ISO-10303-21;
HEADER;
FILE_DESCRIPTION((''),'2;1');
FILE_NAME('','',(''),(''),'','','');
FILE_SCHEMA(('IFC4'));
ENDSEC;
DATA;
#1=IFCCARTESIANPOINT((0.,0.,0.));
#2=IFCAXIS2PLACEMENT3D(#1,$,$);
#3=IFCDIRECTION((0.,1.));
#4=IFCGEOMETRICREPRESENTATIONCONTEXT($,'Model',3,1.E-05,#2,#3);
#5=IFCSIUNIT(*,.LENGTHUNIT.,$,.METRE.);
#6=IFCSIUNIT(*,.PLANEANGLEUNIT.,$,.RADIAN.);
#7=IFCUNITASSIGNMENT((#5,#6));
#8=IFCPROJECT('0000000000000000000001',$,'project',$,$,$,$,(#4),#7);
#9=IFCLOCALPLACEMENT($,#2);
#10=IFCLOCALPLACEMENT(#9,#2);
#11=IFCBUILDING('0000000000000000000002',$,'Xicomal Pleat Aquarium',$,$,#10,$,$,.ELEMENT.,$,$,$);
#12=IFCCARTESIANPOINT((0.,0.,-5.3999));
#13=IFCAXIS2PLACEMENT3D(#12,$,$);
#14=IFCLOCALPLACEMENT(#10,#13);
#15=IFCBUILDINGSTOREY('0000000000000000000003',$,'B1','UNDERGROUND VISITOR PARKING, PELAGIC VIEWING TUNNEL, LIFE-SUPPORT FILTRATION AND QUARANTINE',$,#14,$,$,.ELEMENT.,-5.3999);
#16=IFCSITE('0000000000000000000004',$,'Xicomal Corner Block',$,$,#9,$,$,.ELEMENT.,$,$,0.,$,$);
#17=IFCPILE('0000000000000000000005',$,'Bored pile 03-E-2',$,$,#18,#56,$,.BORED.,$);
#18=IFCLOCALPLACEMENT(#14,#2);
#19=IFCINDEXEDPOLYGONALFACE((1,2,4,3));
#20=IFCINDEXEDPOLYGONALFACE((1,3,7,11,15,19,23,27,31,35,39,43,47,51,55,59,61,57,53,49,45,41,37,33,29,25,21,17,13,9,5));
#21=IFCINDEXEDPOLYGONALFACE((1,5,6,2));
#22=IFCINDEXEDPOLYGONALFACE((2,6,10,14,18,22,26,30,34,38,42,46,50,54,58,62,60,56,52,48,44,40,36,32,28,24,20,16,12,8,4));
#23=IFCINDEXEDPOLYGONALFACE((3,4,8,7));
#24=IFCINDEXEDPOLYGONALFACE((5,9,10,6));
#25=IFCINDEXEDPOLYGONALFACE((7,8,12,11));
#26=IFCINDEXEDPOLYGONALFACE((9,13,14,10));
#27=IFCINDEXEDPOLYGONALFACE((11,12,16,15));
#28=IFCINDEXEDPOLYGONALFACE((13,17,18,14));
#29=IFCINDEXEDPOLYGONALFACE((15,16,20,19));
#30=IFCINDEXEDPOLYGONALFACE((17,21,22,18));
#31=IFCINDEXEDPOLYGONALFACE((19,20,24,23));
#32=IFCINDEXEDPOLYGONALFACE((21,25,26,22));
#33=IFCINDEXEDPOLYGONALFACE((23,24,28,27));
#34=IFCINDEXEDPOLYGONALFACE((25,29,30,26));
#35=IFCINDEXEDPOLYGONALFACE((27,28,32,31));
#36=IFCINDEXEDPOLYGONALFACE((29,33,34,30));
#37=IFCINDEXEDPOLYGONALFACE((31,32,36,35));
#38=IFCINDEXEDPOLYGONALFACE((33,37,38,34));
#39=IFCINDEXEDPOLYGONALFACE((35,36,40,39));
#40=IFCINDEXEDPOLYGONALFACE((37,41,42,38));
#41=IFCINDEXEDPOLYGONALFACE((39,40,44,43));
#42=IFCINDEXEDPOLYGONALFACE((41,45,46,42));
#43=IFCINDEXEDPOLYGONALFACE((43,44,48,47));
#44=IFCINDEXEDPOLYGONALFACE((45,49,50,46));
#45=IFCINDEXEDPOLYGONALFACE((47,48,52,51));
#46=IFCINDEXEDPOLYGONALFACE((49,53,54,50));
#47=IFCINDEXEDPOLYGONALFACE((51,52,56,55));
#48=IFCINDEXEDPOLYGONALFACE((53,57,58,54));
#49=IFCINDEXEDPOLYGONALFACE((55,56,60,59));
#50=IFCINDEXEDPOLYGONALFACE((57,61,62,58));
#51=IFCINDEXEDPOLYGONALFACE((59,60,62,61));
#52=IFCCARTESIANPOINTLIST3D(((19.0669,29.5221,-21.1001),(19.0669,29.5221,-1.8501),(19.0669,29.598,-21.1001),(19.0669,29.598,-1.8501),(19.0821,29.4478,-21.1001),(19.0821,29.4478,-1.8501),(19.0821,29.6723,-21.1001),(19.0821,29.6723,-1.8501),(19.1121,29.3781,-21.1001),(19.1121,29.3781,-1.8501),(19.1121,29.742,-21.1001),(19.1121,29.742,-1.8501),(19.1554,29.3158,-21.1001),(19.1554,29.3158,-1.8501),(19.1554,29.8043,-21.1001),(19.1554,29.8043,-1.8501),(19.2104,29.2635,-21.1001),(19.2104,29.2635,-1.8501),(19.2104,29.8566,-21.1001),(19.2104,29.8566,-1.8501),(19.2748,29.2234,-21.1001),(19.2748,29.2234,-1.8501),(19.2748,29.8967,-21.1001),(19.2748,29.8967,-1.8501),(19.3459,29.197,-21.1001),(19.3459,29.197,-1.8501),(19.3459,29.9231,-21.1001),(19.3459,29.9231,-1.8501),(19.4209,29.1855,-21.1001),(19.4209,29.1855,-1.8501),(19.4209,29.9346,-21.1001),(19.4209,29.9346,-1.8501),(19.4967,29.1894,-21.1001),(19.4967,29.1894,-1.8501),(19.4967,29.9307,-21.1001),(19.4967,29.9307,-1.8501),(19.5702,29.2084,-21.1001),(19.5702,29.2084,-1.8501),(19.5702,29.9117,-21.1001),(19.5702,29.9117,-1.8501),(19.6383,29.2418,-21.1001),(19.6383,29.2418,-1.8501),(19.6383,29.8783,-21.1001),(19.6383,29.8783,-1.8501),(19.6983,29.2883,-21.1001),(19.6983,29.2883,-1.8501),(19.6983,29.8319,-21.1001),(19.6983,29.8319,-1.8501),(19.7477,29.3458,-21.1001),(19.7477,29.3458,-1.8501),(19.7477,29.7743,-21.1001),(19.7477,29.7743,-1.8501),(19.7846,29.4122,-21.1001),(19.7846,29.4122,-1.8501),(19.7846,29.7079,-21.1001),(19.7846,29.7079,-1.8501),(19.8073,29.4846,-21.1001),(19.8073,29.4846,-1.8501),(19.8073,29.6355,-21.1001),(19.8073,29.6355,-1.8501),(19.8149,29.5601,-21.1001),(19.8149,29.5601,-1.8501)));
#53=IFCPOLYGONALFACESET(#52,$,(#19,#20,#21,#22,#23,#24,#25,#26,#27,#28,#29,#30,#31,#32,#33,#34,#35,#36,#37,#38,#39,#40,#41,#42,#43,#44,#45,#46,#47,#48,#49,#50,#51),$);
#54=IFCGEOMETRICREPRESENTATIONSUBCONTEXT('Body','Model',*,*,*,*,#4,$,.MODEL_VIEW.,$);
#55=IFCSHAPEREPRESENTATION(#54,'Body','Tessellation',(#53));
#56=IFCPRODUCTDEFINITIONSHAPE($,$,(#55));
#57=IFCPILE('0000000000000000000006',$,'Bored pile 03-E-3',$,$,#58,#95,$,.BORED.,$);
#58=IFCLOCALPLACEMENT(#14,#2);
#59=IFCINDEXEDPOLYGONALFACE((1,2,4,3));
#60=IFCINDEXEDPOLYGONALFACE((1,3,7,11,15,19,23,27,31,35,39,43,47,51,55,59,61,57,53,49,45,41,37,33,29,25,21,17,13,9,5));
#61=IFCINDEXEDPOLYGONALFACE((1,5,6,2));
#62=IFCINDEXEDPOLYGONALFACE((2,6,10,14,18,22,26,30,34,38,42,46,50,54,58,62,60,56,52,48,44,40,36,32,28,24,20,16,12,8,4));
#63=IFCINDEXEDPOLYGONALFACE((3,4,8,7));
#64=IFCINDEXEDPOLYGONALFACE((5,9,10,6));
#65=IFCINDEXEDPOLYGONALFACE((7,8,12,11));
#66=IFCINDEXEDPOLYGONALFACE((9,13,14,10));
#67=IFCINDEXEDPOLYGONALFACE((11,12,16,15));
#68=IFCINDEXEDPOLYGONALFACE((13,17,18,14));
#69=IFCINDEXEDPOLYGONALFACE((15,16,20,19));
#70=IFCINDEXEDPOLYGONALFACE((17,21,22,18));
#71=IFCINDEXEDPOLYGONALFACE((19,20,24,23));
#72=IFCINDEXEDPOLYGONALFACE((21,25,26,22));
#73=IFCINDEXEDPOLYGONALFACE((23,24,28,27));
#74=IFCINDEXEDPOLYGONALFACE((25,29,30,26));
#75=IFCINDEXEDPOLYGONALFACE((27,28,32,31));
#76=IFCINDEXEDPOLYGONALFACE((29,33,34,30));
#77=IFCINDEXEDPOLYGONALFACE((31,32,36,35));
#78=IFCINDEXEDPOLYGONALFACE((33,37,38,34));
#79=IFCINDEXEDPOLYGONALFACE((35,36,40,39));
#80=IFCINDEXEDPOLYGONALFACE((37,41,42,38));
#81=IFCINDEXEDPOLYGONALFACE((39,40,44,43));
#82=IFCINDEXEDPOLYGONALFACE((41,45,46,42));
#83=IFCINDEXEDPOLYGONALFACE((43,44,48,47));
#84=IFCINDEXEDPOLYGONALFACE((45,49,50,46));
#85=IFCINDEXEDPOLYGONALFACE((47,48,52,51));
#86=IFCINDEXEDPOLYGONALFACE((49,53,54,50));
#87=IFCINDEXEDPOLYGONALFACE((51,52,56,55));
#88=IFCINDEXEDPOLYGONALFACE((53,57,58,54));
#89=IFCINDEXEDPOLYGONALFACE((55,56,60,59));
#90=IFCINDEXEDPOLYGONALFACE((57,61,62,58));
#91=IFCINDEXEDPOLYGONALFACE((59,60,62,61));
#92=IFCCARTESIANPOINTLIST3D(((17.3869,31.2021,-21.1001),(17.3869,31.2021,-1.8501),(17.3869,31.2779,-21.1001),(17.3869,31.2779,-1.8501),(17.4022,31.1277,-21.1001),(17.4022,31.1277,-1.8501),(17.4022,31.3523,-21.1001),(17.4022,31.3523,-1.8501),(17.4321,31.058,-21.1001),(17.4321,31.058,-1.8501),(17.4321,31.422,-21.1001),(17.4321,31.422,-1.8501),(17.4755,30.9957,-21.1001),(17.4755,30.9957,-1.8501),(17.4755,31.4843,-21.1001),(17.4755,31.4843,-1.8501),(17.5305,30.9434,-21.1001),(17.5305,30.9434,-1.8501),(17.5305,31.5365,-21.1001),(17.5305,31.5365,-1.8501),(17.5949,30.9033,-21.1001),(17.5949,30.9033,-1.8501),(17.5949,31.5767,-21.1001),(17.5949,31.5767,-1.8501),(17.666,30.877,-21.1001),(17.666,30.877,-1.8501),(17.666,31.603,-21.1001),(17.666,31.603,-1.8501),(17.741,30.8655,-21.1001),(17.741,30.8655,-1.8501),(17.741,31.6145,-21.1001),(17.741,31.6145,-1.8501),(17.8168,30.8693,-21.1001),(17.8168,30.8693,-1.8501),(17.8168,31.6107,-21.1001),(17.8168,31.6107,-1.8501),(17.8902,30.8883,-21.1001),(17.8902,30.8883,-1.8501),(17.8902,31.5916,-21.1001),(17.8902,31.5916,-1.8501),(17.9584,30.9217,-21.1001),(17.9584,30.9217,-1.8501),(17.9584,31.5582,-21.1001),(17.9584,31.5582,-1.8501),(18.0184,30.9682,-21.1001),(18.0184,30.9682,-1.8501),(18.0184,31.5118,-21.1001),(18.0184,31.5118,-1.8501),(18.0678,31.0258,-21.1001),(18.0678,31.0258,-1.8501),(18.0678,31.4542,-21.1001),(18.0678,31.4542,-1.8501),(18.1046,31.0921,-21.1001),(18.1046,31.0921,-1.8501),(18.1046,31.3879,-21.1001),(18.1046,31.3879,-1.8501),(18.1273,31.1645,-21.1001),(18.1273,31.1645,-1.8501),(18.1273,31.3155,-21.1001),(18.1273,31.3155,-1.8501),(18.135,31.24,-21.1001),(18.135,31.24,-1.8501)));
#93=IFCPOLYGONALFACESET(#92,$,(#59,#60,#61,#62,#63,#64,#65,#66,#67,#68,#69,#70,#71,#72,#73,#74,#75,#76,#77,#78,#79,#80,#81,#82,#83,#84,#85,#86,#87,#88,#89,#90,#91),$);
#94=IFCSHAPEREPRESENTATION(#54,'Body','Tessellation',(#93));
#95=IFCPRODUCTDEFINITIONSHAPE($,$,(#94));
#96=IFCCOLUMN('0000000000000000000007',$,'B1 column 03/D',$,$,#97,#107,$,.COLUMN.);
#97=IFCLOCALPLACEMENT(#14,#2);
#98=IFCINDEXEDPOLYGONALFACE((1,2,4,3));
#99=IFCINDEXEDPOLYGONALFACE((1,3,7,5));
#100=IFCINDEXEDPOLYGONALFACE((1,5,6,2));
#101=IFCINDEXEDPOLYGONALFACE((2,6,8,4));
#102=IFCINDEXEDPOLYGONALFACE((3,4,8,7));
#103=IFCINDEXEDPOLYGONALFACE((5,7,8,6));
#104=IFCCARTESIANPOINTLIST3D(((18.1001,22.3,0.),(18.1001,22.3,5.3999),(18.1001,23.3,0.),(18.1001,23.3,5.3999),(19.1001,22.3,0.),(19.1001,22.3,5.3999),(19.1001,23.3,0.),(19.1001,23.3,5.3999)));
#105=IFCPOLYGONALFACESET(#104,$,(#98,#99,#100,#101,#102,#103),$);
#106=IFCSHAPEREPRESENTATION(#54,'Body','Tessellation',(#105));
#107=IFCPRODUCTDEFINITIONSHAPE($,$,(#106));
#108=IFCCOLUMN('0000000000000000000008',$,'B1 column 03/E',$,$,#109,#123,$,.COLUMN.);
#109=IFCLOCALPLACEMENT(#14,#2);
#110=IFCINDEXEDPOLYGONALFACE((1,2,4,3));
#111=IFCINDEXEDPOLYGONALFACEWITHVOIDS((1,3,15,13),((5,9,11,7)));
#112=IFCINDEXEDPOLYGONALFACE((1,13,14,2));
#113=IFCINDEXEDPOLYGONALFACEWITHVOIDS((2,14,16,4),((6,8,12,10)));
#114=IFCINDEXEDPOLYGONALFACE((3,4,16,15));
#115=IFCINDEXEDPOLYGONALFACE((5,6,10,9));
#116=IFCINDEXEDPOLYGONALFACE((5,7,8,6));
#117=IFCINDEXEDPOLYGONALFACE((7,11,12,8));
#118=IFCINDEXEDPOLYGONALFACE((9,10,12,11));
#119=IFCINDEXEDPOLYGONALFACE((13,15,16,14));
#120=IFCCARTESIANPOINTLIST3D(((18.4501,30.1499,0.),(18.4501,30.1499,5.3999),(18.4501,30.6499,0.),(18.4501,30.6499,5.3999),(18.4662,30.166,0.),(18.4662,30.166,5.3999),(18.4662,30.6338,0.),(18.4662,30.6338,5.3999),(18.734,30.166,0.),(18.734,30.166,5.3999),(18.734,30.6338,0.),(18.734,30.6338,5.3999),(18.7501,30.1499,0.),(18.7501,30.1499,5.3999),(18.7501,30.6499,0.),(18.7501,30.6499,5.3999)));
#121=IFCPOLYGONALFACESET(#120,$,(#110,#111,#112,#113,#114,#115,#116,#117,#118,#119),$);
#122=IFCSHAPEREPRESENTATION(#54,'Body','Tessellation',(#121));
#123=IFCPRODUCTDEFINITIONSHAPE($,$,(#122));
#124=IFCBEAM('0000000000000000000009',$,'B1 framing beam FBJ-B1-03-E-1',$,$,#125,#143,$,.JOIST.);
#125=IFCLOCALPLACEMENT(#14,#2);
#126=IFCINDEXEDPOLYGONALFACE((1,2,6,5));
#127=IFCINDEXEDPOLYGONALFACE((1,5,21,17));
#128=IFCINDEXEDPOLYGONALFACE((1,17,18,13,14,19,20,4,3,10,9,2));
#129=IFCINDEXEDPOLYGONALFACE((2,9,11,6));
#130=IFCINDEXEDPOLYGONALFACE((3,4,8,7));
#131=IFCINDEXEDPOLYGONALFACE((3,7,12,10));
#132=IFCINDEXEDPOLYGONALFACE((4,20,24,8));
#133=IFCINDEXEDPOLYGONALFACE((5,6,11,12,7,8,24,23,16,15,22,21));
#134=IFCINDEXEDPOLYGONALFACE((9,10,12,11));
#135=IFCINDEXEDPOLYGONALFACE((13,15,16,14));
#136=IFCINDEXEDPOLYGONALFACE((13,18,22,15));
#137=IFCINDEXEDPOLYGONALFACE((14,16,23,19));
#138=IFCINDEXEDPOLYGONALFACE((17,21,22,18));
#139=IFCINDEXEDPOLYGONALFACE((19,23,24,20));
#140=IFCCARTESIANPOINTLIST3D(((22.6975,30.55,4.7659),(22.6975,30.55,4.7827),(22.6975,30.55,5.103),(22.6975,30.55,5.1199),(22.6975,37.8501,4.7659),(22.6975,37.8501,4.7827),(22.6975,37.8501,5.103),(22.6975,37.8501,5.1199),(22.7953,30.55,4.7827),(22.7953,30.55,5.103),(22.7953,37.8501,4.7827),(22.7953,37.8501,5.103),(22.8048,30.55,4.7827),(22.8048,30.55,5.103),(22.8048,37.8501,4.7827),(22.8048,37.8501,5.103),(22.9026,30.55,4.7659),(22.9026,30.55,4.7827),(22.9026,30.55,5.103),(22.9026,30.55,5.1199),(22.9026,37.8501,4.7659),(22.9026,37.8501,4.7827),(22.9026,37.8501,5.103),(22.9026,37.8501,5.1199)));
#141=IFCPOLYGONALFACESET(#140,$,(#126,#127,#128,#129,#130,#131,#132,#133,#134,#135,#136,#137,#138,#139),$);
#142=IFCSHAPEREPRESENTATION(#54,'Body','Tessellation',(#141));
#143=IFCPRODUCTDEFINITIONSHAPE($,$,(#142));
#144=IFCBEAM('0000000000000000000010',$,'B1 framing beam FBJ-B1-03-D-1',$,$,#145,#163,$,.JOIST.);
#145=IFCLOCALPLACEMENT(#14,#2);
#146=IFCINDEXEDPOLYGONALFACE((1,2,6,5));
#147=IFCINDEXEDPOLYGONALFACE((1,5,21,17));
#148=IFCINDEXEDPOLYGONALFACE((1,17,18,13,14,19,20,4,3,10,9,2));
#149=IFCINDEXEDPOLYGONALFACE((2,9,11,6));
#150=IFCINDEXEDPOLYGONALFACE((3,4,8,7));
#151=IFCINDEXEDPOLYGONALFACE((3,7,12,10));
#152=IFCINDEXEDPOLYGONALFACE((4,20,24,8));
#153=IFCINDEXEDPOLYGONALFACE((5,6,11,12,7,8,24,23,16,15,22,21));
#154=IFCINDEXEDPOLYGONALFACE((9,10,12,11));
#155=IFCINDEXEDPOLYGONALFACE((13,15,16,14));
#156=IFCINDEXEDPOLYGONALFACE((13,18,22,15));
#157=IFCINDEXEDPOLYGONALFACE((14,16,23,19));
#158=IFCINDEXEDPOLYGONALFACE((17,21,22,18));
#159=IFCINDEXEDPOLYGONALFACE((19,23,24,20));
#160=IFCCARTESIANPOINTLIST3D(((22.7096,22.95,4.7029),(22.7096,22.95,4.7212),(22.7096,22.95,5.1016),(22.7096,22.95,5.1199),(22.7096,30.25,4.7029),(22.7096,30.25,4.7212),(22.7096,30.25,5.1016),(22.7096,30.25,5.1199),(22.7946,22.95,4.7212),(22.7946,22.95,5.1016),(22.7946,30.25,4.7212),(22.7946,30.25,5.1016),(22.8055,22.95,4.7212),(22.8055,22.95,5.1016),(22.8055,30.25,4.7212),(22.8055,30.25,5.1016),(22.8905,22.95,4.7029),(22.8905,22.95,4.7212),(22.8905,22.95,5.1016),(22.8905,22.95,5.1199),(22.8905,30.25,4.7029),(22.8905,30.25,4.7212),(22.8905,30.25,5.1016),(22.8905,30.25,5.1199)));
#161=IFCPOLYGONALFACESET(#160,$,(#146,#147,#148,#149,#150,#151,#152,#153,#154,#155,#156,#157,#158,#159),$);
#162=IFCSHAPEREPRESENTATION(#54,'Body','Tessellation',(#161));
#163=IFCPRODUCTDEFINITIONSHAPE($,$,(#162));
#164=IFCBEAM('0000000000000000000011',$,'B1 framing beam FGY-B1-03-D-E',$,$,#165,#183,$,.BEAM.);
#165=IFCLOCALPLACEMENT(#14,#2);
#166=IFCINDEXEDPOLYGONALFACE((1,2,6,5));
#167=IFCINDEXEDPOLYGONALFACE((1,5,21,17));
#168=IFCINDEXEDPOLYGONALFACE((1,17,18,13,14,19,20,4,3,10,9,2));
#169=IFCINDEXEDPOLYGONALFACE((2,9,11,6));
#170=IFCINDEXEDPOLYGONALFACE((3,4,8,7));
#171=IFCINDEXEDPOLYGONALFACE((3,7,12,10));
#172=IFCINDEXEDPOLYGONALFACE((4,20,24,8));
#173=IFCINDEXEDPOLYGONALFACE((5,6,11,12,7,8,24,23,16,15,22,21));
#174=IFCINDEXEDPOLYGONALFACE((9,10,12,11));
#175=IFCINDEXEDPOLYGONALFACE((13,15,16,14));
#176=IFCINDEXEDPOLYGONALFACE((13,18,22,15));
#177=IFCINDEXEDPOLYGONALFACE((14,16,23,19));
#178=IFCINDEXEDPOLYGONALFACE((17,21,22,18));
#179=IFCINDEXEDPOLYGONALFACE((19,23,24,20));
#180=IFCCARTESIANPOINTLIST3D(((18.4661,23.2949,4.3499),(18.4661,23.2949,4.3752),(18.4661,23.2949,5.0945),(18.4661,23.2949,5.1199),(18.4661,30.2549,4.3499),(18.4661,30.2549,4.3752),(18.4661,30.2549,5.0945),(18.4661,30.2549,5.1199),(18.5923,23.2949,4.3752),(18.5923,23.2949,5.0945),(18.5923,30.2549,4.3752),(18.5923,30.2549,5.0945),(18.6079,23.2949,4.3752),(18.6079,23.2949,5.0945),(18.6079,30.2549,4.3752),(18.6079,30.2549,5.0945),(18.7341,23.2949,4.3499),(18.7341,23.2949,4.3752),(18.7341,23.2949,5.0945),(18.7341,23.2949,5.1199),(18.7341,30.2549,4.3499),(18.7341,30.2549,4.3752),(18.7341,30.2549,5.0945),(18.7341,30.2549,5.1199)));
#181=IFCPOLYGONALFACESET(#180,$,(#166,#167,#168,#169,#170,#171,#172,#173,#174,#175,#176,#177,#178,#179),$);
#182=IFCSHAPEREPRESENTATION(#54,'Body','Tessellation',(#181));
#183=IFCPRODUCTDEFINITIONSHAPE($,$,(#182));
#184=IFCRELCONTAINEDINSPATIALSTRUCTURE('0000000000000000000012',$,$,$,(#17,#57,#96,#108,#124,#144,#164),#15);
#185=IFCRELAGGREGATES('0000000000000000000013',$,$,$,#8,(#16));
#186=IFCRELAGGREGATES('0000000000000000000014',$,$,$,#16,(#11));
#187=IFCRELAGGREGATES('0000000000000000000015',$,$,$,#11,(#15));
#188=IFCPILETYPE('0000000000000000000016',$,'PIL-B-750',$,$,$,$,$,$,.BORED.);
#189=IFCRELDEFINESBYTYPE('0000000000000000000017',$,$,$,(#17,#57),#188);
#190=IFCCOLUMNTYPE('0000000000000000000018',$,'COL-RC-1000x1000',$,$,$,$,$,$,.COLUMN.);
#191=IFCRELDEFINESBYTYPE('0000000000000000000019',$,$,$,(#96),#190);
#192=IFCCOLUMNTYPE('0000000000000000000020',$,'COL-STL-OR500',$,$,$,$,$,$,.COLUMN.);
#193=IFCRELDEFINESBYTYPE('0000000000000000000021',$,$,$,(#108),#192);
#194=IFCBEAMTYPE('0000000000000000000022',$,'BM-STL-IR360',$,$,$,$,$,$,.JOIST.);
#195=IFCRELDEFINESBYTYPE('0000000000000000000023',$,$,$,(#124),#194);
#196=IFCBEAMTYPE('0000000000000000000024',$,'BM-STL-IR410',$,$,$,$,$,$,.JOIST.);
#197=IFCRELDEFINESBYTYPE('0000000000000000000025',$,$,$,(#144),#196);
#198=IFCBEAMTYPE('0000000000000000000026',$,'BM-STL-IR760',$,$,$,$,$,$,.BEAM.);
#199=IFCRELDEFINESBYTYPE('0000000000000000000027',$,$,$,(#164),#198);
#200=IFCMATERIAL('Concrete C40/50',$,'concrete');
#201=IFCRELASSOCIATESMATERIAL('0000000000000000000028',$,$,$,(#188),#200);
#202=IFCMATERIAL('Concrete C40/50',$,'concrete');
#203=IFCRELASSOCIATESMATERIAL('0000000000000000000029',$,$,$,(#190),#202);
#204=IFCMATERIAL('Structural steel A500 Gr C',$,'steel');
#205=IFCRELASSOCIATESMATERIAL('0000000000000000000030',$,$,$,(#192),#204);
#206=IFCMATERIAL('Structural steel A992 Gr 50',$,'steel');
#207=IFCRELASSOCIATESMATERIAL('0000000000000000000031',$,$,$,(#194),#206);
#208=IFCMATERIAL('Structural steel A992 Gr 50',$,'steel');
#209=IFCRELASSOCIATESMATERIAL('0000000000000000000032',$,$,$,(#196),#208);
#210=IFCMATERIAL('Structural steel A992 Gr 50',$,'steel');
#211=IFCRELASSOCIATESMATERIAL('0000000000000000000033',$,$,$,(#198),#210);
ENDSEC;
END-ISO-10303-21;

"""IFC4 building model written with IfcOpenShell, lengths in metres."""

from ifc_helpers import new_model, si_unit, direction, frame, origin, origin_2d, place, context, subcontext, project, spatial, rectangle, hollow_rectangle, circle, i_section, extrude, material, material_profile, profile_set, type_object, element, save


model = new_model("IFC4")

# Units and contexts
model_context = context("Model", 3, precision=1e-05, world=origin(), true_north=direction((0.0, 1.0)))
body_context = subcontext(model_context, "Body", "Model", "MODEL_VIEW")
ifc_project = project(units=[si_unit("LENGTHUNIT", "METRE"), si_unit("PLANEANGLEUNIT", "RADIAN")], contexts=[model_context])

# Site, building, storey
site_placement = place(None, origin())
site = spatial("IfcSite", under=ifc_project, at=site_placement, Name="Xicomal Corner Block", CompositionType="ELEMENT", RefElevation=0.0)
building_placement = place(site_placement, origin())
building = spatial("IfcBuilding", under=site, at=building_placement, Name="Xicomal Pleat Aquarium", CompositionType="ELEMENT")
storey_placement = place(building_placement, frame((0.0, 0.0, -5.3999)))
storey = spatial("IfcBuildingStorey", under=building, at=storey_placement, Name="B1", Description="UNDERGROUND VISITOR PARKING, PELAGIC VIEWING TUNNEL, LIFE-SUPPORT FILTRATION AND QUARANTINE", CompositionType="ELEMENT", Elevation=-5.3999)

# Piles
ifc_material_1 = material(Name="Concrete C40/50", Category="concrete")
ifc_material_profile_1 = material_profile(ifc_material_1, circle(Radius=0.375, at=origin_2d()), Name="BORED PILE D750")
ifc_profile_set_1 = profile_set([ifc_material_profile_1], Name="Concrete C40/50")
pile_type_1 = type_object("IfcPileType", Name="PIL-B-750", PredefinedType="BORED", material=ifc_profile_set_1)
for number, where, z_axis, x_axis, name in (
    (1, (19.4399, 29.5601, -1.8501), (0.0, 0.0, -1.0), (1.0, 0.0, 0.0), "Bored pile 03-E-2"),
    (2, (17.76, 31.24, -1.8501), (0.0, 0.0, -1.0), (1.0, 0.0, 0.0), "Bored pile 03-E-3"),
):
    element("IfcPile", number, at=place(storey_placement, frame(where, z_axis=z_axis, x_axis=x_axis)), inside=storey, type_object=pile_type_1, Name=name, PredefinedType="BORED", context=body_context, shape_type="SweptSolid", body=[
        extrude(circle(Radius=0.375, at=origin_2d()), origin(), (0.0, 0.0, 1.0), 19.25),
    ])

# Columns
ifc_material_2 = material(Name="Concrete C40/50", Category="concrete")
ifc_material_profile_2 = material_profile(ifc_material_2, rectangle(XDim=1.0, YDim=1.0, at=origin_2d()), Name="RC 1000x1000")
ifc_profile_set_2 = profile_set([ifc_material_profile_2], Name="Concrete C40/50")
column_type_1 = type_object("IfcColumnType", Name="COL-RC-1000x1000", PredefinedType="COLUMN", material=ifc_profile_set_2)
column_1_placement = place(storey_placement, frame((18.6001, 22.8, 0.0), z_axis=(0.0, 0.0, 1.0), x_axis=(1.0, 0.0, 0.0)))
element("IfcColumn", 3, at=column_1_placement, inside=storey, type_object=column_type_1, Name="B1 column 03/D", PredefinedType="COLUMN", context=body_context, shape_type="SweptSolid", body=[
    extrude(rectangle(XDim=1.0, YDim=1.0, at=origin_2d()), origin(), (0.0, 0.0, 1.0), 5.3999),
])
ifc_material_3 = material(Name="Structural steel A500 Gr C", Category="steel")
ifc_material_profile_3 = material_profile(ifc_material_3, hollow_rectangle(XDim=0.3, YDim=0.5, WallThickness=0.0161, at=origin_2d()), Name="OR 500x300x16")
ifc_profile_set_3 = profile_set([ifc_material_profile_3], Name="Structural steel A500 Gr C")
column_type_2 = type_object("IfcColumnType", Name="COL-STL-OR500", PredefinedType="COLUMN", material=ifc_profile_set_3)
column_2_placement = place(storey_placement, frame((18.6001, 30.3999, 0.0), z_axis=(0.0, 0.0, 1.0), x_axis=(1.0, 0.0, 0.0)))
element("IfcColumn", 4, at=column_2_placement, inside=storey, type_object=column_type_2, Name="B1 column 03/E", PredefinedType="COLUMN", context=body_context, shape_type="SweptSolid", body=[
    extrude(hollow_rectangle(XDim=0.3, YDim=0.5, WallThickness=0.0161, at=origin_2d()), origin(), (0.0, 0.0, 1.0), 5.3999),
])

# Beams
ifc_material_4 = material(Name="Structural steel A992 Gr 50", Category="steel")
ifc_material_profile_4 = material_profile(ifc_material_4, i_section(OverallWidth=0.2051, OverallDepth=0.354, WebThickness=0.0095, FlangeThickness=0.0168, at=origin_2d()), Name="IR 360x79")
ifc_profile_set_4 = profile_set([ifc_material_profile_4], Name="Structural steel A992 Gr 50")
beam_type_1 = type_object("IfcBeamType", Name="BM-STL-IR360", PredefinedType="JOIST", material=ifc_profile_set_4)
beam_1_placement = place(storey_placement, frame((22.8, 30.55, 4.9429), z_axis=(0.0, 1.0, 0.0), x_axis=(-1.0, 0.0, 0.0)))
element("IfcBeam", 5, at=beam_1_placement, inside=storey, type_object=beam_type_1, Name="B1 framing beam FBJ-B1-03-E-1", PredefinedType="JOIST", context=body_context, shape_type="SweptSolid", body=[
    extrude(i_section(OverallWidth=0.2051, OverallDepth=0.354, WebThickness=0.0095, FlangeThickness=0.0168, at=origin_2d()), origin(), (0.0, 0.0, 1.0), 7.3),
])
ifc_material_5 = material(Name="Structural steel A992 Gr 50", Category="steel")
ifc_material_profile_5 = material_profile(ifc_material_5, i_section(OverallWidth=0.1809, OverallDepth=0.417, WebThickness=0.011, FlangeThickness=0.0183, at=origin_2d()), Name="IR 410x85")
ifc_profile_set_5 = profile_set([ifc_material_profile_5], Name="Structural steel A992 Gr 50")
beam_type_2 = type_object("IfcBeamType", Name="BM-STL-IR410", PredefinedType="JOIST", material=ifc_profile_set_5)
beam_2_placement = place(storey_placement, frame((22.8, 22.95, 4.9114), z_axis=(0.0, 1.0, 0.0), x_axis=(-1.0, 0.0, 0.0)))
element("IfcBeam", 6, at=beam_2_placement, inside=storey, type_object=beam_type_2, Name="B1 framing beam FBJ-B1-03-D-1", PredefinedType="JOIST", context=body_context, shape_type="SweptSolid", body=[
    extrude(i_section(OverallWidth=0.1809, OverallDepth=0.417, WebThickness=0.011, FlangeThickness=0.0183, at=origin_2d()), origin(), (0.0, 0.0, 1.0), 7.3),
])
ifc_material_6 = material(Name="Structural steel A992 Gr 50", Category="steel")
ifc_material_profile_6 = material_profile(ifc_material_6, i_section(OverallWidth=0.2681, OverallDepth=0.77, WebThickness=0.0156, FlangeThickness=0.0254, at=origin_2d()), Name="IR 760x196")
ifc_profile_set_6 = profile_set([ifc_material_profile_6], Name="Structural steel A992 Gr 50")
beam_type_3 = type_object("IfcBeamType", Name="BM-STL-IR760", PredefinedType="BEAM", material=ifc_profile_set_6)
for number, where, z_axis, x_axis, name in (
    (7, (18.6001, 23.2949, 4.7349), (0.0, 1.0, 0.0), (-1.0, 0.0, 0.0), "B1 framing beam FGY-B1-03-D-E"),
):
    element("IfcBeam", number, at=place(storey_placement, frame(where, z_axis=z_axis, x_axis=x_axis)), inside=storey, type_object=beam_type_3, Name=name, PredefinedType="BEAM", context=body_context, shape_type="SweptSolid", body=[
        extrude(i_section(OverallWidth=0.2681, OverallDepth=0.77, WebThickness=0.0156, FlangeThickness=0.0254, at=origin_2d()), origin(), (0.0, 0.0, 1.0), 6.96),
    ])

save(model, "model.ifc")
